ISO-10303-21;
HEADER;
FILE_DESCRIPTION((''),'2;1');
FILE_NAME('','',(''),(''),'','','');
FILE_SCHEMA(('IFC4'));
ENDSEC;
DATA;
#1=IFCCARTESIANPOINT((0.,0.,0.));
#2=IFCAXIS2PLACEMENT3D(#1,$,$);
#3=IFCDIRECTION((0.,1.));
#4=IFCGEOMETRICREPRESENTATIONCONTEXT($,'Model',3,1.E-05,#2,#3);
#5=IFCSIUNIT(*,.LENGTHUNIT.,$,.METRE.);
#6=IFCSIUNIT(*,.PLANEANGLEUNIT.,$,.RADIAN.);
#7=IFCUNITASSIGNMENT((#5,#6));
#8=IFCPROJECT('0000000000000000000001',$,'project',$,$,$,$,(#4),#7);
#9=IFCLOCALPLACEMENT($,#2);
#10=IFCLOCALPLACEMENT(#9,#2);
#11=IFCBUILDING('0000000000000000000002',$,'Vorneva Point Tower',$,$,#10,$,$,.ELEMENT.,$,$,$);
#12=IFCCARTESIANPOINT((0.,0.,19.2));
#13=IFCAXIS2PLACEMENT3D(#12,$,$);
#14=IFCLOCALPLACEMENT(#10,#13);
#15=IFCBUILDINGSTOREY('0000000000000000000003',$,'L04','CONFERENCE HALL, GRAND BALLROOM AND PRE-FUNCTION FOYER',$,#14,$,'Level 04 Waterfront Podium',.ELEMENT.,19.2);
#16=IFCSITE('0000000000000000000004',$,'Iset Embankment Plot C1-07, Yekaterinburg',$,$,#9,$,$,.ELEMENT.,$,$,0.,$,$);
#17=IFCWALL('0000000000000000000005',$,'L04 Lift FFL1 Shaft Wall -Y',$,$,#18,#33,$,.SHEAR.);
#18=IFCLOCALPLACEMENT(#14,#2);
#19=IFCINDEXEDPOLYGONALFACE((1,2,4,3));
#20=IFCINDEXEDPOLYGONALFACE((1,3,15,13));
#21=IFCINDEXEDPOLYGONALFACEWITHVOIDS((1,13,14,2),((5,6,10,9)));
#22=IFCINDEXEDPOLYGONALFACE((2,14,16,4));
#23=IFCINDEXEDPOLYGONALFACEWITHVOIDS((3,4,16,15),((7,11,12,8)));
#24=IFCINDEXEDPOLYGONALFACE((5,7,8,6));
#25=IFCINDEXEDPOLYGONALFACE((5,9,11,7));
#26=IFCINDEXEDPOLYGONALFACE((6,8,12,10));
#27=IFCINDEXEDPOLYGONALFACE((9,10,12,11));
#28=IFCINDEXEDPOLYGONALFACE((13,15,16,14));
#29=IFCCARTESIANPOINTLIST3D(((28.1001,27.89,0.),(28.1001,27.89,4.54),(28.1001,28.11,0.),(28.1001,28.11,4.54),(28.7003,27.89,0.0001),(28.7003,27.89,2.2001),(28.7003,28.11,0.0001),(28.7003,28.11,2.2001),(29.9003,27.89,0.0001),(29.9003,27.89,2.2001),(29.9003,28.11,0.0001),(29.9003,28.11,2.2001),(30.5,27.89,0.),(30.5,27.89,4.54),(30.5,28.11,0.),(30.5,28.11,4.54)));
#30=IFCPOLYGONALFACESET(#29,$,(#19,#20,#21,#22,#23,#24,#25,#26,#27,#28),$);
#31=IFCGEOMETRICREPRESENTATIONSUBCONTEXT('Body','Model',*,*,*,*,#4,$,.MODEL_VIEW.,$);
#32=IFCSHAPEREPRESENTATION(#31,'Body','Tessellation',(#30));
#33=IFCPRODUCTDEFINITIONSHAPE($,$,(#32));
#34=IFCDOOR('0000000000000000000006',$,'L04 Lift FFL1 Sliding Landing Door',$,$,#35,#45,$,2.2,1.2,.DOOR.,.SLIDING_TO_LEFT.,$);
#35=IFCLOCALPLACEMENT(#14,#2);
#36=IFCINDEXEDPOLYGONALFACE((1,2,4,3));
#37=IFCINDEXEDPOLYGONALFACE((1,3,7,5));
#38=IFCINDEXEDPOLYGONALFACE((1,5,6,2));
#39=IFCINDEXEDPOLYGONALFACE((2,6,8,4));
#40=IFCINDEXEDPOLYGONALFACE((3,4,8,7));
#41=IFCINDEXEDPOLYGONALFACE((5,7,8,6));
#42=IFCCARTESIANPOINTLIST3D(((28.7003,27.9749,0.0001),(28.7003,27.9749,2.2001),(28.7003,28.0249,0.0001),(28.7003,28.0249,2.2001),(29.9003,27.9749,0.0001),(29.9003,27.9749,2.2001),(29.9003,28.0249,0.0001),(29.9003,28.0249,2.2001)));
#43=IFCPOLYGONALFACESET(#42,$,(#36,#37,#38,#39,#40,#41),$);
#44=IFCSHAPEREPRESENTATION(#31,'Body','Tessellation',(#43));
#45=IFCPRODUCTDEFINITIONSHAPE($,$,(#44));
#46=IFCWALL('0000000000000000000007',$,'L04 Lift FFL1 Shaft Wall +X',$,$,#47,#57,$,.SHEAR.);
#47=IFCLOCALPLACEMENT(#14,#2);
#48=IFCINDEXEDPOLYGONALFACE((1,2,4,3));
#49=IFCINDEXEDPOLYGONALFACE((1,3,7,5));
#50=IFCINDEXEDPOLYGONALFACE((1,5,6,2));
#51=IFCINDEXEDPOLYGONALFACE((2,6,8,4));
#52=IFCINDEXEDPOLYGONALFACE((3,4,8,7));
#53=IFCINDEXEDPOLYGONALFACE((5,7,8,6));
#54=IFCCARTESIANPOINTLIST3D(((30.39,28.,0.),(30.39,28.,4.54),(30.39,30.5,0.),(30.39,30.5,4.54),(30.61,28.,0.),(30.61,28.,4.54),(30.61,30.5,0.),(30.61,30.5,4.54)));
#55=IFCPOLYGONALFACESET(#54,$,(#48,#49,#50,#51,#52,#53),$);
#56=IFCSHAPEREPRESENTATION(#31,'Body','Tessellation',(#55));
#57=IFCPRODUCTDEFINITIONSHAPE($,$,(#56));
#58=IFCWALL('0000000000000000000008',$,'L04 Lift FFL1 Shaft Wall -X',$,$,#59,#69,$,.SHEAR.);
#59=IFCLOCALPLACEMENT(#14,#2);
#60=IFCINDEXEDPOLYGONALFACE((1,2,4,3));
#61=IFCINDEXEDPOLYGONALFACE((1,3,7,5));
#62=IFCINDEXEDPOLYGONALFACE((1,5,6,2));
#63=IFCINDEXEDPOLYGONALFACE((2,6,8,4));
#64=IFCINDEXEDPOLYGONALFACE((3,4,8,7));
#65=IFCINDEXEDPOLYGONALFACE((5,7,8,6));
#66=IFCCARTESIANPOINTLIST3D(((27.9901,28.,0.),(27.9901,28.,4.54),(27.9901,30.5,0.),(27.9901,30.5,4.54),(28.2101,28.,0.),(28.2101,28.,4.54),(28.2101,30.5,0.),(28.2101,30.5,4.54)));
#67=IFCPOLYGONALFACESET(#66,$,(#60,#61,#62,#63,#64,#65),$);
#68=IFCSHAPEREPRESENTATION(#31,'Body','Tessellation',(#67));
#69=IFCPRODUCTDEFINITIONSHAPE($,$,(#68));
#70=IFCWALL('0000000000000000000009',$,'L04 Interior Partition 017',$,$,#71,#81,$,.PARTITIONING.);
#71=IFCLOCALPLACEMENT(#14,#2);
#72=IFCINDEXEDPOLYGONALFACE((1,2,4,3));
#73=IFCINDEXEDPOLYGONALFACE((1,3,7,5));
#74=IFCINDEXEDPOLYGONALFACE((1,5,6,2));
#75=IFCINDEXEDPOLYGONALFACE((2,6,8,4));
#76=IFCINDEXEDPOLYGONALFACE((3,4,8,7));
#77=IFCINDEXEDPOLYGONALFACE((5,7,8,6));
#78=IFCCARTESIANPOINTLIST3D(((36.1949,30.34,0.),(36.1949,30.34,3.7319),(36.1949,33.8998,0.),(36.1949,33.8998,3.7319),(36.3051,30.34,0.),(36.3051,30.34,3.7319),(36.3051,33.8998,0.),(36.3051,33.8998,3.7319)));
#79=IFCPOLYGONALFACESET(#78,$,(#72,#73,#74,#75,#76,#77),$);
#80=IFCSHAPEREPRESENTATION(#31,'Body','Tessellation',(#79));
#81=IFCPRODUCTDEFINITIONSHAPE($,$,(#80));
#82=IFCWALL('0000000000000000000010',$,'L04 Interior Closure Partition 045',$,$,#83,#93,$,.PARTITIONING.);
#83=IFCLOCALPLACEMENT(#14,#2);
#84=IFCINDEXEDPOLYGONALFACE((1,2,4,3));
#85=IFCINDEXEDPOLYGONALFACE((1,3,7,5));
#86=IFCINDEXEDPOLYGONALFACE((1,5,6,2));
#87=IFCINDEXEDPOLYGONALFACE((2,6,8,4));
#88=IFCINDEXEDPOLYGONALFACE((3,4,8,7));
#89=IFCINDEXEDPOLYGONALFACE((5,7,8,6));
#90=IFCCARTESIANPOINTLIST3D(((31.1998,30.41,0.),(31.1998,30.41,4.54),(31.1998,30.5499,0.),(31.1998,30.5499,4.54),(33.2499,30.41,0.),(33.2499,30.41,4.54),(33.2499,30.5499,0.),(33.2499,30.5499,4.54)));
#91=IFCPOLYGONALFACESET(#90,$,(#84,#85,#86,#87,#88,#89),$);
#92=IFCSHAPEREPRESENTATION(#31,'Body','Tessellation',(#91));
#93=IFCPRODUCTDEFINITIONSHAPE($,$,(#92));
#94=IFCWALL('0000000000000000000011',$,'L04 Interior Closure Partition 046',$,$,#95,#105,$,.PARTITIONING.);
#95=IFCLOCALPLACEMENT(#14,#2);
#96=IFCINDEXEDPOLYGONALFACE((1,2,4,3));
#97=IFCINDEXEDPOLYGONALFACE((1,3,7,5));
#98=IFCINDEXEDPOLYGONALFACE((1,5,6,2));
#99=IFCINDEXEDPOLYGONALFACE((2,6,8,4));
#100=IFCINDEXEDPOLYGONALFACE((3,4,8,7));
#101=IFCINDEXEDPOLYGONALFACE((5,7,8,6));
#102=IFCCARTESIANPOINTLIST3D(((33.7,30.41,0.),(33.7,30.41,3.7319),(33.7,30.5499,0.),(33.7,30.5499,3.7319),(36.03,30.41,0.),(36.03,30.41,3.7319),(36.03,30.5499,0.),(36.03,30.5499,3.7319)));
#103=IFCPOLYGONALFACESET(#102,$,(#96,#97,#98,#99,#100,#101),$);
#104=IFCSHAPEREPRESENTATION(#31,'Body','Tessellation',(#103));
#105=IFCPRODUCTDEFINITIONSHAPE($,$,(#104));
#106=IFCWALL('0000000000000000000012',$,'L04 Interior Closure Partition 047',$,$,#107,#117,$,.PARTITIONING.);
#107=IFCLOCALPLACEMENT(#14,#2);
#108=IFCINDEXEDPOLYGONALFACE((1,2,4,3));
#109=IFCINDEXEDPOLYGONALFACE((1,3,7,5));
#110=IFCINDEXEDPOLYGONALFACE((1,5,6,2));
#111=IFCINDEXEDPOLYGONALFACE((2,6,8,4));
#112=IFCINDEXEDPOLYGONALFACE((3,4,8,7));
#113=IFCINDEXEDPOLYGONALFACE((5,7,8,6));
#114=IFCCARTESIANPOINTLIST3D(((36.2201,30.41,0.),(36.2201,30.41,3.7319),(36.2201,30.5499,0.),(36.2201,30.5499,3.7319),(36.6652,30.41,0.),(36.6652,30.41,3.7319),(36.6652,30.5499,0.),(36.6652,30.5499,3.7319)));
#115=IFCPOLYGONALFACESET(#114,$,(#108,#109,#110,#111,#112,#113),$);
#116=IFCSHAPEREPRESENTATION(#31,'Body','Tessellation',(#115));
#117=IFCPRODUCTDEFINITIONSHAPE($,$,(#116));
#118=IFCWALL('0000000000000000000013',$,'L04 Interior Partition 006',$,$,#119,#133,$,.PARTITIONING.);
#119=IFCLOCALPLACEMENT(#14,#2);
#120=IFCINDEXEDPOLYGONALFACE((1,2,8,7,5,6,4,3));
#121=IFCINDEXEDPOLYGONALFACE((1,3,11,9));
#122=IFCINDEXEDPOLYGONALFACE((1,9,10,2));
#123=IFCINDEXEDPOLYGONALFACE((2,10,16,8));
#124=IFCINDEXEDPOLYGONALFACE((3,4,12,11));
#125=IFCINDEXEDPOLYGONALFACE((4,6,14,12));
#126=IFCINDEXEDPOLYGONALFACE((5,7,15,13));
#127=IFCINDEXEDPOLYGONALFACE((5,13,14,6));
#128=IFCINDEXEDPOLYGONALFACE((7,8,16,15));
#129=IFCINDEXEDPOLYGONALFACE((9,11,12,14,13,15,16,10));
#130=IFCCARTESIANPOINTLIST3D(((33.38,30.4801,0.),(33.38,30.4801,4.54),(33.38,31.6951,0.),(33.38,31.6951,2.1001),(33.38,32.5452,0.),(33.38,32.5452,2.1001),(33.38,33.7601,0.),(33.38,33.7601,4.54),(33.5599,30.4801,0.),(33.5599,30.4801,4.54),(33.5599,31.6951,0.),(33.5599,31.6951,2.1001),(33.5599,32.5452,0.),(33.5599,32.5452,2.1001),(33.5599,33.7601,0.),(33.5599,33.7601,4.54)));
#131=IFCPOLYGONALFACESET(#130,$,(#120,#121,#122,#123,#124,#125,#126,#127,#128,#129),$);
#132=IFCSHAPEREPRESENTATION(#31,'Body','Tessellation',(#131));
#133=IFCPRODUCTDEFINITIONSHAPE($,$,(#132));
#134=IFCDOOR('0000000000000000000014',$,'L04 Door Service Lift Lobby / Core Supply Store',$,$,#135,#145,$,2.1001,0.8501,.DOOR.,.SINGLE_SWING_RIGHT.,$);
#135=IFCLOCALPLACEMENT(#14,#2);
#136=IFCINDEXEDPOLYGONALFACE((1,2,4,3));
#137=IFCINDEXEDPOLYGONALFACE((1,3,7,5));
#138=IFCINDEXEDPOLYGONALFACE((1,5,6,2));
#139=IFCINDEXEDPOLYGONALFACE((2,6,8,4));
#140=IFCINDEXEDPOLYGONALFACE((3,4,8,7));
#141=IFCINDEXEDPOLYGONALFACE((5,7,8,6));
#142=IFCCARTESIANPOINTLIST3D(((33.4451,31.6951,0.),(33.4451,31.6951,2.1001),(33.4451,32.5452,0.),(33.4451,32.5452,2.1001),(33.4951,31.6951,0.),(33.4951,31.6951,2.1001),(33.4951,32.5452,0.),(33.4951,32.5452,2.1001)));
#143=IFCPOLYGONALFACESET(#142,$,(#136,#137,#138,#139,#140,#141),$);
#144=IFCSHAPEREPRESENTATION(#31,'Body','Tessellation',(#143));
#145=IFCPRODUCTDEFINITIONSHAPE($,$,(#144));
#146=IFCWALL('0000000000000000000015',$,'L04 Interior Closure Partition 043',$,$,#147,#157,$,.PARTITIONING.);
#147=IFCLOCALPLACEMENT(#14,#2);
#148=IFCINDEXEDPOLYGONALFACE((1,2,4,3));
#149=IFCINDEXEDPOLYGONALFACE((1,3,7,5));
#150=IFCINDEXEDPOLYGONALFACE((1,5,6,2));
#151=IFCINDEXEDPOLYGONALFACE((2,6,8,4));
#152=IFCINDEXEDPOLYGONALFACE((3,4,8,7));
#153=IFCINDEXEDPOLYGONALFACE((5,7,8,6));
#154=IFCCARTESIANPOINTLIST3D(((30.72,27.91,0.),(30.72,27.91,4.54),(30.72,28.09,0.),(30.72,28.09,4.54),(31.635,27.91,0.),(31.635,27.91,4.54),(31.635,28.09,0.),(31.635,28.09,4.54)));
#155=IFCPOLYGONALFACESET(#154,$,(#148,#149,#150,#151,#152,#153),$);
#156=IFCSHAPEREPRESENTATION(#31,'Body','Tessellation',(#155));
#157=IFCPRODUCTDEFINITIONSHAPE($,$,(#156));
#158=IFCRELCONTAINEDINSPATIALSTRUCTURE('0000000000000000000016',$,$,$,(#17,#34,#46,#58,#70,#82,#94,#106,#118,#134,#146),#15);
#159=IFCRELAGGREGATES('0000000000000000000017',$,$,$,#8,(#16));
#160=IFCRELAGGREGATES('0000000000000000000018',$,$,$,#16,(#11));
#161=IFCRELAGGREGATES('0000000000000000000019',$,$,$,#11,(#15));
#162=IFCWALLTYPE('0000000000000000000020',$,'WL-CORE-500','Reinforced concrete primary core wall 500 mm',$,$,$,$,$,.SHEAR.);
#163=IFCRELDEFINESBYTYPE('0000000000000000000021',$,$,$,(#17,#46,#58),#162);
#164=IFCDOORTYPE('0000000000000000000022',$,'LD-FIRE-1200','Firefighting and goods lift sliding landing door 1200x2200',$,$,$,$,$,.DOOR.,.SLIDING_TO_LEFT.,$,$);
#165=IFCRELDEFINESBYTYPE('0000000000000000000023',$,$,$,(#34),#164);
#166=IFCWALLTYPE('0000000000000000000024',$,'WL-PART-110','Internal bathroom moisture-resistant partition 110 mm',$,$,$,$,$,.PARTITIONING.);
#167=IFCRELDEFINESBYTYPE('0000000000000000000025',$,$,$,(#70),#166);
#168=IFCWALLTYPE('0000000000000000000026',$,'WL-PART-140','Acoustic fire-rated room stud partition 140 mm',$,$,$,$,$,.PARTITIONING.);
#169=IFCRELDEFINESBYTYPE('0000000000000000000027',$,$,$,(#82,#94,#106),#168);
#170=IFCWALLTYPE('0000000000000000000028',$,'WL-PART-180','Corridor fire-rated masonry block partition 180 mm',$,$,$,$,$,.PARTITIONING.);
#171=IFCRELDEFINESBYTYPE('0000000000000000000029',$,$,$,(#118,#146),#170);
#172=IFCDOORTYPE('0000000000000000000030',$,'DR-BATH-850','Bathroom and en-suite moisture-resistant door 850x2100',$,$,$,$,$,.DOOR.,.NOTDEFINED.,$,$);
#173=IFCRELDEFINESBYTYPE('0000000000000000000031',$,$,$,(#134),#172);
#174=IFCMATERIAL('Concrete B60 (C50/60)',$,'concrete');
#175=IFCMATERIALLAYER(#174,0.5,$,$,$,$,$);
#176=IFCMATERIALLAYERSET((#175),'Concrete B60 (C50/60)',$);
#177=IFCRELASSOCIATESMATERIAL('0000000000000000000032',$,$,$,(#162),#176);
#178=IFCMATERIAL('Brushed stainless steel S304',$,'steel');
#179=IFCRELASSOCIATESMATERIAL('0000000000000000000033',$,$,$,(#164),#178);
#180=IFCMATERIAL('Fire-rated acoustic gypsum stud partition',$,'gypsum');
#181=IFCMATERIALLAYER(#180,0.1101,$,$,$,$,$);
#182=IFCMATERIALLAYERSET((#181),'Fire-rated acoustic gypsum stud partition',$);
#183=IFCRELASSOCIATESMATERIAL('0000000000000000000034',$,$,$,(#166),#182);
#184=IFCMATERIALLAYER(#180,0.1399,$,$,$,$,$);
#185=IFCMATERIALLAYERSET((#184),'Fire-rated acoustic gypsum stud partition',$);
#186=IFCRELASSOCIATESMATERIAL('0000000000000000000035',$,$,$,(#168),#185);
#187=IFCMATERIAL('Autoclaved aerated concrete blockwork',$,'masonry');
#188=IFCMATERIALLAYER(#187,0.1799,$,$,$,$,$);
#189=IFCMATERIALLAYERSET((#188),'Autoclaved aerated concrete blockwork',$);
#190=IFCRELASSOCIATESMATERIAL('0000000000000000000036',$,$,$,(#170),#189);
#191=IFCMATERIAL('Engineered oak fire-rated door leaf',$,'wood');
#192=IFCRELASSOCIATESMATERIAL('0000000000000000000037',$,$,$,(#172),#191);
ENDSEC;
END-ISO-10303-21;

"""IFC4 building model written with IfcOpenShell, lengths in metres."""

from ifc_helpers import new_model, si_unit, direction, frame, frame_2d, origin, place, context, subcontext, project, spatial, rectangle, extrude, material, layer, layer_set, type_object, element, fill, save


model = new_model("IFC4")

# Units and contexts
model_context = context("Model", 3, precision=1e-05, world=origin(), true_north=direction((0.0, 1.0)))
body_context = subcontext(model_context, "Body", "Model", "MODEL_VIEW")
ifc_project = project(units=[si_unit("LENGTHUNIT", "METRE"), si_unit("PLANEANGLEUNIT", "RADIAN")], contexts=[model_context])

# Site, building, storey
site_placement = place(None, origin())
site = spatial("IfcSite", under=ifc_project, at=site_placement, Name="Iset Embankment Plot C1-07, Yekaterinburg", CompositionType="ELEMENT", RefElevation=0.0)
building_placement = place(site_placement, origin())
building = spatial("IfcBuilding", under=site, at=building_placement, Name="Vorneva Point Tower", CompositionType="ELEMENT")
storey_placement = place(building_placement, frame((0.0, 0.0, 19.2)))
storey = spatial("IfcBuildingStorey", under=building, at=storey_placement, Name="L04", Description="CONFERENCE HALL, GRAND BALLROOM AND PRE-FUNCTION FOYER", LongName="Level 04 Waterfront Podium", CompositionType="ELEMENT", Elevation=19.2)

# Wall, opening, door
ifc_material_1 = material(Name="Concrete B60 (C50/60)", Category="concrete")
ifc_layer_1 = layer(ifc_material_1, 0.5)
ifc_layer_set_1 = layer_set([ifc_layer_1], Name="Concrete B60 (C50/60)")
wall_type_1 = type_object("IfcWallType", Name="WL-CORE-500", Description="Reinforced concrete primary core wall 500 mm", PredefinedType="SHEAR", material=ifc_layer_set_1)
wall_1_placement = place(storey_placement, frame((28.1001, 28.0, 0.0), z_axis=(0.0, 0.0, 1.0), x_axis=(1.0, 0.0, 0.0)))
wall_1 = element("IfcWall", 1, at=wall_1_placement, inside=storey, type_object=wall_type_1, Name="L04 Lift FFL1 Shaft Wall -Y", PredefinedType="SHEAR", context=body_context, shape_type="SweptSolid", body=[
    extrude(rectangle(XDim=2.3999, YDim=0.22, at=frame_2d((1.2, 0.0))), origin(), (0.0, 0.0, 1.0), 4.54),
])
opening_1_placement = place(wall_1_placement, frame((0.6001, 0.0, 0.0)))
opening_1 = element("IfcOpeningElement", 2, at=opening_1_placement, cuts=wall_1, PredefinedType="OPENING", context=body_context, shape_type="SweptSolid", body=[
    extrude(rectangle(XDim=1.2, YDim=2.2, at=frame_2d((0.6001, 1.1001))), frame((0.0, 0.125, 0.0), z_axis=(0.0, -1.0, 0.0), x_axis=(1.0, 0.0, 0.0)), (0.0, 0.0, 1.0), 0.2498),
])
ifc_material_2 = material(Name="Brushed stainless steel S304", Category="steel")
door_type_1 = type_object("IfcDoorType", Name="LD-FIRE-1200", Description="Firefighting and goods lift sliding landing door 1200x2200", OperationType="SLIDING_TO_LEFT", PredefinedType="DOOR", material=ifc_material_2)
door_1_placement = place(opening_1_placement, origin())
door_1 = element("IfcDoor", 3, at=door_1_placement, inside=storey, type_object=door_type_1, Name="L04 Lift FFL1 Sliding Landing Door", OperationType="SLIDING_TO_LEFT", OverallHeight=2.2, OverallWidth=1.2, PredefinedType="DOOR", context=body_context, shape_type="SweptSolid", body=[
    extrude(rectangle(XDim=1.2, YDim=2.2, at=frame_2d((0.6001, 1.1001))), frame((0.0, 0.0249, 0.0), z_axis=(0.0, -1.0, 0.0), x_axis=(1.0, 0.0, 0.0)), (0.0, 0.0, 1.0), 0.05),
])
fill(opening_1, door_1)

# Walls
for number, where, z_axis, x_axis, name in (
    (4, (30.5, 28.0, 0.0), (0.0, 0.0, 1.0), (0.0, 1.0, 0.0), "L04 Lift FFL1 Shaft Wall +X"),
    (5, (28.1001, 30.5, 0.0), (0.0, 0.0, 1.0), (0.0, -1.0, 0.0), "L04 Lift FFL1 Shaft Wall -X"),
):
    element("IfcWall", number, at=place(storey_placement, frame(where, z_axis=z_axis, x_axis=x_axis)), inside=storey, type_object=wall_type_1, Name=name, PredefinedType="SHEAR", context=body_context, shape_type="SweptSolid", body=[
        extrude(rectangle(XDim=2.5, YDim=0.22, at=frame_2d((1.25, 0.0))), origin(), (0.0, 0.0, 1.0), 4.54),
    ])
ifc_material_3 = material(Name="Fire-rated acoustic gypsum stud partition", Category="gypsum")
ifc_layer_2 = layer(ifc_material_3, 0.1101)
ifc_layer_set_2 = layer_set([ifc_layer_2], Name="Fire-rated acoustic gypsum stud partition")
wall_type_2 = type_object("IfcWallType", Name="WL-PART-110", Description="Internal bathroom moisture-resistant partition 110 mm", PredefinedType="PARTITIONING", material=ifc_layer_set_2)
wall_2_placement = place(storey_placement, frame((36.25, 30.3401, 0.0), z_axis=(0.0, 0.0, 1.0), x_axis=(0.0, 1.0, 0.0)))
element("IfcWall", 6, at=wall_2_placement, inside=storey, type_object=wall_type_2, Name="L04 Interior Partition 017", PredefinedType="PARTITIONING", context=body_context, shape_type="SweptSolid", body=[
    extrude(rectangle(XDim=3.5598, YDim=0.1101, at=frame_2d((1.7798, 0.0))), origin(), (0.0, 0.0, 1.0), 3.7319),
])
ifc_layer_3 = layer(ifc_material_3, 0.1399)
ifc_layer_set_3 = layer_set([ifc_layer_3], Name="Fire-rated acoustic gypsum stud partition")
wall_type_3 = type_object("IfcWallType", Name="WL-PART-140", Description="Acoustic fire-rated room stud partition 140 mm", PredefinedType="PARTITIONING", material=ifc_layer_set_3)
wall_3_placement = place(storey_placement, frame((31.2, 30.48, 0.0), z_axis=(0.0, 0.0, 1.0), x_axis=(1.0, 0.0, 0.0)))
element("IfcWall", 7, at=wall_3_placement, inside=storey, type_object=wall_type_3, Name="L04 Interior Closure Partition 045", PredefinedType="PARTITIONING", context=body_context, shape_type="SweptSolid", body=[
    extrude(rectangle(XDim=2.05, YDim=0.1399, at=frame_2d((1.0249, 0.0))), origin(), (0.0, 0.0, 1.0), 4.54),
])
wall_4_placement = place(storey_placement, frame((33.7, 30.48, 0.0), z_axis=(0.0, 0.0, 1.0), x_axis=(1.0, 0.0, 0.0)))
element("IfcWall", 8, at=wall_4_placement, inside=storey, type_object=wall_type_3, Name="L04 Interior Closure Partition 046", PredefinedType="PARTITIONING", context=body_context, shape_type="SweptSolid", body=[
    extrude(rectangle(XDim=2.3301, YDim=0.1399, at=frame_2d((1.165, 0.0))), origin(), (0.0, 0.0, 1.0), 3.7319),
])
wall_5_placement = place(storey_placement, frame((36.22, 30.48, 0.0), z_axis=(0.0, 0.0, 1.0), x_axis=(1.0, 0.0, 0.0)))
element("IfcWall", 9, at=wall_5_placement, inside=storey, type_object=wall_type_3, Name="L04 Interior Closure Partition 047", PredefinedType="PARTITIONING", context=body_context, shape_type="SweptSolid", body=[
    extrude(rectangle(XDim=0.4451, YDim=0.1399, at=frame_2d((0.2227, 0.0))), origin(), (0.0, 0.0, 1.0), 3.7319),
])

# Wall, opening, door
ifc_material_4 = material(Name="Autoclaved aerated concrete blockwork", Category="masonry")
ifc_layer_4 = layer(ifc_material_4, 0.1799)
ifc_layer_set_4 = layer_set([ifc_layer_4], Name="Autoclaved aerated concrete blockwork")
wall_type_4 = type_object("IfcWallType", Name="WL-PART-180", Description="Corridor fire-rated masonry block partition 180 mm", PredefinedType="PARTITIONING", material=ifc_layer_set_4)
wall_6_placement = place(storey_placement, frame((33.47, 30.48, 0.0), z_axis=(0.0, 0.0, 1.0), x_axis=(0.0, 1.0, 0.0)))
wall_6 = element("IfcWall", 10, at=wall_6_placement, inside=storey, type_object=wall_type_4, Name="L04 Interior Partition 006", PredefinedType="PARTITIONING", context=body_context, shape_type="SweptSolid", body=[
    extrude(rectangle(XDim=3.28, YDim=0.1799, at=frame_2d((1.6401, 0.0))), origin(), (0.0, 0.0, 1.0), 4.54),
])
opening_2_placement = place(wall_6_placement, frame((1.2151, 0.0, 0.0)))
opening_2 = element("IfcOpeningElement", 11, at=opening_2_placement, cuts=wall_6, PredefinedType="OPENING", context=body_context, shape_type="SweptSolid", body=[
    extrude(rectangle(XDim=0.8501, YDim=2.1001, at=frame_2d((0.425, 1.05))), frame((0.0, 0.105, 0.0), z_axis=(0.0, -1.0, 0.0), x_axis=(1.0, 0.0, 0.0)), (0.0, 0.0, 1.0), 0.2097),
])
ifc_material_5 = material(Name="Engineered oak fire-rated door leaf", Category="wood")
door_type_2 = type_object("IfcDoorType", Name="DR-BATH-850", Description="Bathroom and en-suite moisture-resistant door 850x2100", OperationType="NOTDEFINED", PredefinedType="DOOR", material=ifc_material_5)
door_2_placement = place(opening_2_placement, origin())
door_2 = element("IfcDoor", 12, at=door_2_placement, inside=storey, type_object=door_type_2, Name="L04 Door Service Lift Lobby / Core Supply Store", OperationType="SINGLE_SWING_RIGHT", OverallHeight=2.1001, OverallWidth=0.8501, PredefinedType="DOOR", context=body_context, shape_type="SweptSolid", body=[
    extrude(rectangle(XDim=0.8501, YDim=2.1001, at=frame_2d((0.425, 1.05))), frame((0.0, 0.0249, 0.0), z_axis=(0.0, -1.0, 0.0), x_axis=(1.0, 0.0, 0.0)), (0.0, 0.0, 1.0), 0.05),
])
fill(opening_2, door_2)

# Wall
wall_7_placement = place(storey_placement, frame((31.635, 28.0, 0.0), z_axis=(0.0, 0.0, 1.0), x_axis=(-1.0, 0.0, 0.0)))
element("IfcWall", 13, at=wall_7_placement, inside=storey, type_object=wall_type_4, Name="L04 Interior Closure Partition 043", PredefinedType="PARTITIONING", context=body_context, shape_type="SweptSolid", body=[
    extrude(rectangle(XDim=0.915, YDim=0.1799, at=frame_2d((0.4575, 0.0))), origin(), (0.0, 0.0, 1.0), 4.54),
])

save(model, "model.ifc")
